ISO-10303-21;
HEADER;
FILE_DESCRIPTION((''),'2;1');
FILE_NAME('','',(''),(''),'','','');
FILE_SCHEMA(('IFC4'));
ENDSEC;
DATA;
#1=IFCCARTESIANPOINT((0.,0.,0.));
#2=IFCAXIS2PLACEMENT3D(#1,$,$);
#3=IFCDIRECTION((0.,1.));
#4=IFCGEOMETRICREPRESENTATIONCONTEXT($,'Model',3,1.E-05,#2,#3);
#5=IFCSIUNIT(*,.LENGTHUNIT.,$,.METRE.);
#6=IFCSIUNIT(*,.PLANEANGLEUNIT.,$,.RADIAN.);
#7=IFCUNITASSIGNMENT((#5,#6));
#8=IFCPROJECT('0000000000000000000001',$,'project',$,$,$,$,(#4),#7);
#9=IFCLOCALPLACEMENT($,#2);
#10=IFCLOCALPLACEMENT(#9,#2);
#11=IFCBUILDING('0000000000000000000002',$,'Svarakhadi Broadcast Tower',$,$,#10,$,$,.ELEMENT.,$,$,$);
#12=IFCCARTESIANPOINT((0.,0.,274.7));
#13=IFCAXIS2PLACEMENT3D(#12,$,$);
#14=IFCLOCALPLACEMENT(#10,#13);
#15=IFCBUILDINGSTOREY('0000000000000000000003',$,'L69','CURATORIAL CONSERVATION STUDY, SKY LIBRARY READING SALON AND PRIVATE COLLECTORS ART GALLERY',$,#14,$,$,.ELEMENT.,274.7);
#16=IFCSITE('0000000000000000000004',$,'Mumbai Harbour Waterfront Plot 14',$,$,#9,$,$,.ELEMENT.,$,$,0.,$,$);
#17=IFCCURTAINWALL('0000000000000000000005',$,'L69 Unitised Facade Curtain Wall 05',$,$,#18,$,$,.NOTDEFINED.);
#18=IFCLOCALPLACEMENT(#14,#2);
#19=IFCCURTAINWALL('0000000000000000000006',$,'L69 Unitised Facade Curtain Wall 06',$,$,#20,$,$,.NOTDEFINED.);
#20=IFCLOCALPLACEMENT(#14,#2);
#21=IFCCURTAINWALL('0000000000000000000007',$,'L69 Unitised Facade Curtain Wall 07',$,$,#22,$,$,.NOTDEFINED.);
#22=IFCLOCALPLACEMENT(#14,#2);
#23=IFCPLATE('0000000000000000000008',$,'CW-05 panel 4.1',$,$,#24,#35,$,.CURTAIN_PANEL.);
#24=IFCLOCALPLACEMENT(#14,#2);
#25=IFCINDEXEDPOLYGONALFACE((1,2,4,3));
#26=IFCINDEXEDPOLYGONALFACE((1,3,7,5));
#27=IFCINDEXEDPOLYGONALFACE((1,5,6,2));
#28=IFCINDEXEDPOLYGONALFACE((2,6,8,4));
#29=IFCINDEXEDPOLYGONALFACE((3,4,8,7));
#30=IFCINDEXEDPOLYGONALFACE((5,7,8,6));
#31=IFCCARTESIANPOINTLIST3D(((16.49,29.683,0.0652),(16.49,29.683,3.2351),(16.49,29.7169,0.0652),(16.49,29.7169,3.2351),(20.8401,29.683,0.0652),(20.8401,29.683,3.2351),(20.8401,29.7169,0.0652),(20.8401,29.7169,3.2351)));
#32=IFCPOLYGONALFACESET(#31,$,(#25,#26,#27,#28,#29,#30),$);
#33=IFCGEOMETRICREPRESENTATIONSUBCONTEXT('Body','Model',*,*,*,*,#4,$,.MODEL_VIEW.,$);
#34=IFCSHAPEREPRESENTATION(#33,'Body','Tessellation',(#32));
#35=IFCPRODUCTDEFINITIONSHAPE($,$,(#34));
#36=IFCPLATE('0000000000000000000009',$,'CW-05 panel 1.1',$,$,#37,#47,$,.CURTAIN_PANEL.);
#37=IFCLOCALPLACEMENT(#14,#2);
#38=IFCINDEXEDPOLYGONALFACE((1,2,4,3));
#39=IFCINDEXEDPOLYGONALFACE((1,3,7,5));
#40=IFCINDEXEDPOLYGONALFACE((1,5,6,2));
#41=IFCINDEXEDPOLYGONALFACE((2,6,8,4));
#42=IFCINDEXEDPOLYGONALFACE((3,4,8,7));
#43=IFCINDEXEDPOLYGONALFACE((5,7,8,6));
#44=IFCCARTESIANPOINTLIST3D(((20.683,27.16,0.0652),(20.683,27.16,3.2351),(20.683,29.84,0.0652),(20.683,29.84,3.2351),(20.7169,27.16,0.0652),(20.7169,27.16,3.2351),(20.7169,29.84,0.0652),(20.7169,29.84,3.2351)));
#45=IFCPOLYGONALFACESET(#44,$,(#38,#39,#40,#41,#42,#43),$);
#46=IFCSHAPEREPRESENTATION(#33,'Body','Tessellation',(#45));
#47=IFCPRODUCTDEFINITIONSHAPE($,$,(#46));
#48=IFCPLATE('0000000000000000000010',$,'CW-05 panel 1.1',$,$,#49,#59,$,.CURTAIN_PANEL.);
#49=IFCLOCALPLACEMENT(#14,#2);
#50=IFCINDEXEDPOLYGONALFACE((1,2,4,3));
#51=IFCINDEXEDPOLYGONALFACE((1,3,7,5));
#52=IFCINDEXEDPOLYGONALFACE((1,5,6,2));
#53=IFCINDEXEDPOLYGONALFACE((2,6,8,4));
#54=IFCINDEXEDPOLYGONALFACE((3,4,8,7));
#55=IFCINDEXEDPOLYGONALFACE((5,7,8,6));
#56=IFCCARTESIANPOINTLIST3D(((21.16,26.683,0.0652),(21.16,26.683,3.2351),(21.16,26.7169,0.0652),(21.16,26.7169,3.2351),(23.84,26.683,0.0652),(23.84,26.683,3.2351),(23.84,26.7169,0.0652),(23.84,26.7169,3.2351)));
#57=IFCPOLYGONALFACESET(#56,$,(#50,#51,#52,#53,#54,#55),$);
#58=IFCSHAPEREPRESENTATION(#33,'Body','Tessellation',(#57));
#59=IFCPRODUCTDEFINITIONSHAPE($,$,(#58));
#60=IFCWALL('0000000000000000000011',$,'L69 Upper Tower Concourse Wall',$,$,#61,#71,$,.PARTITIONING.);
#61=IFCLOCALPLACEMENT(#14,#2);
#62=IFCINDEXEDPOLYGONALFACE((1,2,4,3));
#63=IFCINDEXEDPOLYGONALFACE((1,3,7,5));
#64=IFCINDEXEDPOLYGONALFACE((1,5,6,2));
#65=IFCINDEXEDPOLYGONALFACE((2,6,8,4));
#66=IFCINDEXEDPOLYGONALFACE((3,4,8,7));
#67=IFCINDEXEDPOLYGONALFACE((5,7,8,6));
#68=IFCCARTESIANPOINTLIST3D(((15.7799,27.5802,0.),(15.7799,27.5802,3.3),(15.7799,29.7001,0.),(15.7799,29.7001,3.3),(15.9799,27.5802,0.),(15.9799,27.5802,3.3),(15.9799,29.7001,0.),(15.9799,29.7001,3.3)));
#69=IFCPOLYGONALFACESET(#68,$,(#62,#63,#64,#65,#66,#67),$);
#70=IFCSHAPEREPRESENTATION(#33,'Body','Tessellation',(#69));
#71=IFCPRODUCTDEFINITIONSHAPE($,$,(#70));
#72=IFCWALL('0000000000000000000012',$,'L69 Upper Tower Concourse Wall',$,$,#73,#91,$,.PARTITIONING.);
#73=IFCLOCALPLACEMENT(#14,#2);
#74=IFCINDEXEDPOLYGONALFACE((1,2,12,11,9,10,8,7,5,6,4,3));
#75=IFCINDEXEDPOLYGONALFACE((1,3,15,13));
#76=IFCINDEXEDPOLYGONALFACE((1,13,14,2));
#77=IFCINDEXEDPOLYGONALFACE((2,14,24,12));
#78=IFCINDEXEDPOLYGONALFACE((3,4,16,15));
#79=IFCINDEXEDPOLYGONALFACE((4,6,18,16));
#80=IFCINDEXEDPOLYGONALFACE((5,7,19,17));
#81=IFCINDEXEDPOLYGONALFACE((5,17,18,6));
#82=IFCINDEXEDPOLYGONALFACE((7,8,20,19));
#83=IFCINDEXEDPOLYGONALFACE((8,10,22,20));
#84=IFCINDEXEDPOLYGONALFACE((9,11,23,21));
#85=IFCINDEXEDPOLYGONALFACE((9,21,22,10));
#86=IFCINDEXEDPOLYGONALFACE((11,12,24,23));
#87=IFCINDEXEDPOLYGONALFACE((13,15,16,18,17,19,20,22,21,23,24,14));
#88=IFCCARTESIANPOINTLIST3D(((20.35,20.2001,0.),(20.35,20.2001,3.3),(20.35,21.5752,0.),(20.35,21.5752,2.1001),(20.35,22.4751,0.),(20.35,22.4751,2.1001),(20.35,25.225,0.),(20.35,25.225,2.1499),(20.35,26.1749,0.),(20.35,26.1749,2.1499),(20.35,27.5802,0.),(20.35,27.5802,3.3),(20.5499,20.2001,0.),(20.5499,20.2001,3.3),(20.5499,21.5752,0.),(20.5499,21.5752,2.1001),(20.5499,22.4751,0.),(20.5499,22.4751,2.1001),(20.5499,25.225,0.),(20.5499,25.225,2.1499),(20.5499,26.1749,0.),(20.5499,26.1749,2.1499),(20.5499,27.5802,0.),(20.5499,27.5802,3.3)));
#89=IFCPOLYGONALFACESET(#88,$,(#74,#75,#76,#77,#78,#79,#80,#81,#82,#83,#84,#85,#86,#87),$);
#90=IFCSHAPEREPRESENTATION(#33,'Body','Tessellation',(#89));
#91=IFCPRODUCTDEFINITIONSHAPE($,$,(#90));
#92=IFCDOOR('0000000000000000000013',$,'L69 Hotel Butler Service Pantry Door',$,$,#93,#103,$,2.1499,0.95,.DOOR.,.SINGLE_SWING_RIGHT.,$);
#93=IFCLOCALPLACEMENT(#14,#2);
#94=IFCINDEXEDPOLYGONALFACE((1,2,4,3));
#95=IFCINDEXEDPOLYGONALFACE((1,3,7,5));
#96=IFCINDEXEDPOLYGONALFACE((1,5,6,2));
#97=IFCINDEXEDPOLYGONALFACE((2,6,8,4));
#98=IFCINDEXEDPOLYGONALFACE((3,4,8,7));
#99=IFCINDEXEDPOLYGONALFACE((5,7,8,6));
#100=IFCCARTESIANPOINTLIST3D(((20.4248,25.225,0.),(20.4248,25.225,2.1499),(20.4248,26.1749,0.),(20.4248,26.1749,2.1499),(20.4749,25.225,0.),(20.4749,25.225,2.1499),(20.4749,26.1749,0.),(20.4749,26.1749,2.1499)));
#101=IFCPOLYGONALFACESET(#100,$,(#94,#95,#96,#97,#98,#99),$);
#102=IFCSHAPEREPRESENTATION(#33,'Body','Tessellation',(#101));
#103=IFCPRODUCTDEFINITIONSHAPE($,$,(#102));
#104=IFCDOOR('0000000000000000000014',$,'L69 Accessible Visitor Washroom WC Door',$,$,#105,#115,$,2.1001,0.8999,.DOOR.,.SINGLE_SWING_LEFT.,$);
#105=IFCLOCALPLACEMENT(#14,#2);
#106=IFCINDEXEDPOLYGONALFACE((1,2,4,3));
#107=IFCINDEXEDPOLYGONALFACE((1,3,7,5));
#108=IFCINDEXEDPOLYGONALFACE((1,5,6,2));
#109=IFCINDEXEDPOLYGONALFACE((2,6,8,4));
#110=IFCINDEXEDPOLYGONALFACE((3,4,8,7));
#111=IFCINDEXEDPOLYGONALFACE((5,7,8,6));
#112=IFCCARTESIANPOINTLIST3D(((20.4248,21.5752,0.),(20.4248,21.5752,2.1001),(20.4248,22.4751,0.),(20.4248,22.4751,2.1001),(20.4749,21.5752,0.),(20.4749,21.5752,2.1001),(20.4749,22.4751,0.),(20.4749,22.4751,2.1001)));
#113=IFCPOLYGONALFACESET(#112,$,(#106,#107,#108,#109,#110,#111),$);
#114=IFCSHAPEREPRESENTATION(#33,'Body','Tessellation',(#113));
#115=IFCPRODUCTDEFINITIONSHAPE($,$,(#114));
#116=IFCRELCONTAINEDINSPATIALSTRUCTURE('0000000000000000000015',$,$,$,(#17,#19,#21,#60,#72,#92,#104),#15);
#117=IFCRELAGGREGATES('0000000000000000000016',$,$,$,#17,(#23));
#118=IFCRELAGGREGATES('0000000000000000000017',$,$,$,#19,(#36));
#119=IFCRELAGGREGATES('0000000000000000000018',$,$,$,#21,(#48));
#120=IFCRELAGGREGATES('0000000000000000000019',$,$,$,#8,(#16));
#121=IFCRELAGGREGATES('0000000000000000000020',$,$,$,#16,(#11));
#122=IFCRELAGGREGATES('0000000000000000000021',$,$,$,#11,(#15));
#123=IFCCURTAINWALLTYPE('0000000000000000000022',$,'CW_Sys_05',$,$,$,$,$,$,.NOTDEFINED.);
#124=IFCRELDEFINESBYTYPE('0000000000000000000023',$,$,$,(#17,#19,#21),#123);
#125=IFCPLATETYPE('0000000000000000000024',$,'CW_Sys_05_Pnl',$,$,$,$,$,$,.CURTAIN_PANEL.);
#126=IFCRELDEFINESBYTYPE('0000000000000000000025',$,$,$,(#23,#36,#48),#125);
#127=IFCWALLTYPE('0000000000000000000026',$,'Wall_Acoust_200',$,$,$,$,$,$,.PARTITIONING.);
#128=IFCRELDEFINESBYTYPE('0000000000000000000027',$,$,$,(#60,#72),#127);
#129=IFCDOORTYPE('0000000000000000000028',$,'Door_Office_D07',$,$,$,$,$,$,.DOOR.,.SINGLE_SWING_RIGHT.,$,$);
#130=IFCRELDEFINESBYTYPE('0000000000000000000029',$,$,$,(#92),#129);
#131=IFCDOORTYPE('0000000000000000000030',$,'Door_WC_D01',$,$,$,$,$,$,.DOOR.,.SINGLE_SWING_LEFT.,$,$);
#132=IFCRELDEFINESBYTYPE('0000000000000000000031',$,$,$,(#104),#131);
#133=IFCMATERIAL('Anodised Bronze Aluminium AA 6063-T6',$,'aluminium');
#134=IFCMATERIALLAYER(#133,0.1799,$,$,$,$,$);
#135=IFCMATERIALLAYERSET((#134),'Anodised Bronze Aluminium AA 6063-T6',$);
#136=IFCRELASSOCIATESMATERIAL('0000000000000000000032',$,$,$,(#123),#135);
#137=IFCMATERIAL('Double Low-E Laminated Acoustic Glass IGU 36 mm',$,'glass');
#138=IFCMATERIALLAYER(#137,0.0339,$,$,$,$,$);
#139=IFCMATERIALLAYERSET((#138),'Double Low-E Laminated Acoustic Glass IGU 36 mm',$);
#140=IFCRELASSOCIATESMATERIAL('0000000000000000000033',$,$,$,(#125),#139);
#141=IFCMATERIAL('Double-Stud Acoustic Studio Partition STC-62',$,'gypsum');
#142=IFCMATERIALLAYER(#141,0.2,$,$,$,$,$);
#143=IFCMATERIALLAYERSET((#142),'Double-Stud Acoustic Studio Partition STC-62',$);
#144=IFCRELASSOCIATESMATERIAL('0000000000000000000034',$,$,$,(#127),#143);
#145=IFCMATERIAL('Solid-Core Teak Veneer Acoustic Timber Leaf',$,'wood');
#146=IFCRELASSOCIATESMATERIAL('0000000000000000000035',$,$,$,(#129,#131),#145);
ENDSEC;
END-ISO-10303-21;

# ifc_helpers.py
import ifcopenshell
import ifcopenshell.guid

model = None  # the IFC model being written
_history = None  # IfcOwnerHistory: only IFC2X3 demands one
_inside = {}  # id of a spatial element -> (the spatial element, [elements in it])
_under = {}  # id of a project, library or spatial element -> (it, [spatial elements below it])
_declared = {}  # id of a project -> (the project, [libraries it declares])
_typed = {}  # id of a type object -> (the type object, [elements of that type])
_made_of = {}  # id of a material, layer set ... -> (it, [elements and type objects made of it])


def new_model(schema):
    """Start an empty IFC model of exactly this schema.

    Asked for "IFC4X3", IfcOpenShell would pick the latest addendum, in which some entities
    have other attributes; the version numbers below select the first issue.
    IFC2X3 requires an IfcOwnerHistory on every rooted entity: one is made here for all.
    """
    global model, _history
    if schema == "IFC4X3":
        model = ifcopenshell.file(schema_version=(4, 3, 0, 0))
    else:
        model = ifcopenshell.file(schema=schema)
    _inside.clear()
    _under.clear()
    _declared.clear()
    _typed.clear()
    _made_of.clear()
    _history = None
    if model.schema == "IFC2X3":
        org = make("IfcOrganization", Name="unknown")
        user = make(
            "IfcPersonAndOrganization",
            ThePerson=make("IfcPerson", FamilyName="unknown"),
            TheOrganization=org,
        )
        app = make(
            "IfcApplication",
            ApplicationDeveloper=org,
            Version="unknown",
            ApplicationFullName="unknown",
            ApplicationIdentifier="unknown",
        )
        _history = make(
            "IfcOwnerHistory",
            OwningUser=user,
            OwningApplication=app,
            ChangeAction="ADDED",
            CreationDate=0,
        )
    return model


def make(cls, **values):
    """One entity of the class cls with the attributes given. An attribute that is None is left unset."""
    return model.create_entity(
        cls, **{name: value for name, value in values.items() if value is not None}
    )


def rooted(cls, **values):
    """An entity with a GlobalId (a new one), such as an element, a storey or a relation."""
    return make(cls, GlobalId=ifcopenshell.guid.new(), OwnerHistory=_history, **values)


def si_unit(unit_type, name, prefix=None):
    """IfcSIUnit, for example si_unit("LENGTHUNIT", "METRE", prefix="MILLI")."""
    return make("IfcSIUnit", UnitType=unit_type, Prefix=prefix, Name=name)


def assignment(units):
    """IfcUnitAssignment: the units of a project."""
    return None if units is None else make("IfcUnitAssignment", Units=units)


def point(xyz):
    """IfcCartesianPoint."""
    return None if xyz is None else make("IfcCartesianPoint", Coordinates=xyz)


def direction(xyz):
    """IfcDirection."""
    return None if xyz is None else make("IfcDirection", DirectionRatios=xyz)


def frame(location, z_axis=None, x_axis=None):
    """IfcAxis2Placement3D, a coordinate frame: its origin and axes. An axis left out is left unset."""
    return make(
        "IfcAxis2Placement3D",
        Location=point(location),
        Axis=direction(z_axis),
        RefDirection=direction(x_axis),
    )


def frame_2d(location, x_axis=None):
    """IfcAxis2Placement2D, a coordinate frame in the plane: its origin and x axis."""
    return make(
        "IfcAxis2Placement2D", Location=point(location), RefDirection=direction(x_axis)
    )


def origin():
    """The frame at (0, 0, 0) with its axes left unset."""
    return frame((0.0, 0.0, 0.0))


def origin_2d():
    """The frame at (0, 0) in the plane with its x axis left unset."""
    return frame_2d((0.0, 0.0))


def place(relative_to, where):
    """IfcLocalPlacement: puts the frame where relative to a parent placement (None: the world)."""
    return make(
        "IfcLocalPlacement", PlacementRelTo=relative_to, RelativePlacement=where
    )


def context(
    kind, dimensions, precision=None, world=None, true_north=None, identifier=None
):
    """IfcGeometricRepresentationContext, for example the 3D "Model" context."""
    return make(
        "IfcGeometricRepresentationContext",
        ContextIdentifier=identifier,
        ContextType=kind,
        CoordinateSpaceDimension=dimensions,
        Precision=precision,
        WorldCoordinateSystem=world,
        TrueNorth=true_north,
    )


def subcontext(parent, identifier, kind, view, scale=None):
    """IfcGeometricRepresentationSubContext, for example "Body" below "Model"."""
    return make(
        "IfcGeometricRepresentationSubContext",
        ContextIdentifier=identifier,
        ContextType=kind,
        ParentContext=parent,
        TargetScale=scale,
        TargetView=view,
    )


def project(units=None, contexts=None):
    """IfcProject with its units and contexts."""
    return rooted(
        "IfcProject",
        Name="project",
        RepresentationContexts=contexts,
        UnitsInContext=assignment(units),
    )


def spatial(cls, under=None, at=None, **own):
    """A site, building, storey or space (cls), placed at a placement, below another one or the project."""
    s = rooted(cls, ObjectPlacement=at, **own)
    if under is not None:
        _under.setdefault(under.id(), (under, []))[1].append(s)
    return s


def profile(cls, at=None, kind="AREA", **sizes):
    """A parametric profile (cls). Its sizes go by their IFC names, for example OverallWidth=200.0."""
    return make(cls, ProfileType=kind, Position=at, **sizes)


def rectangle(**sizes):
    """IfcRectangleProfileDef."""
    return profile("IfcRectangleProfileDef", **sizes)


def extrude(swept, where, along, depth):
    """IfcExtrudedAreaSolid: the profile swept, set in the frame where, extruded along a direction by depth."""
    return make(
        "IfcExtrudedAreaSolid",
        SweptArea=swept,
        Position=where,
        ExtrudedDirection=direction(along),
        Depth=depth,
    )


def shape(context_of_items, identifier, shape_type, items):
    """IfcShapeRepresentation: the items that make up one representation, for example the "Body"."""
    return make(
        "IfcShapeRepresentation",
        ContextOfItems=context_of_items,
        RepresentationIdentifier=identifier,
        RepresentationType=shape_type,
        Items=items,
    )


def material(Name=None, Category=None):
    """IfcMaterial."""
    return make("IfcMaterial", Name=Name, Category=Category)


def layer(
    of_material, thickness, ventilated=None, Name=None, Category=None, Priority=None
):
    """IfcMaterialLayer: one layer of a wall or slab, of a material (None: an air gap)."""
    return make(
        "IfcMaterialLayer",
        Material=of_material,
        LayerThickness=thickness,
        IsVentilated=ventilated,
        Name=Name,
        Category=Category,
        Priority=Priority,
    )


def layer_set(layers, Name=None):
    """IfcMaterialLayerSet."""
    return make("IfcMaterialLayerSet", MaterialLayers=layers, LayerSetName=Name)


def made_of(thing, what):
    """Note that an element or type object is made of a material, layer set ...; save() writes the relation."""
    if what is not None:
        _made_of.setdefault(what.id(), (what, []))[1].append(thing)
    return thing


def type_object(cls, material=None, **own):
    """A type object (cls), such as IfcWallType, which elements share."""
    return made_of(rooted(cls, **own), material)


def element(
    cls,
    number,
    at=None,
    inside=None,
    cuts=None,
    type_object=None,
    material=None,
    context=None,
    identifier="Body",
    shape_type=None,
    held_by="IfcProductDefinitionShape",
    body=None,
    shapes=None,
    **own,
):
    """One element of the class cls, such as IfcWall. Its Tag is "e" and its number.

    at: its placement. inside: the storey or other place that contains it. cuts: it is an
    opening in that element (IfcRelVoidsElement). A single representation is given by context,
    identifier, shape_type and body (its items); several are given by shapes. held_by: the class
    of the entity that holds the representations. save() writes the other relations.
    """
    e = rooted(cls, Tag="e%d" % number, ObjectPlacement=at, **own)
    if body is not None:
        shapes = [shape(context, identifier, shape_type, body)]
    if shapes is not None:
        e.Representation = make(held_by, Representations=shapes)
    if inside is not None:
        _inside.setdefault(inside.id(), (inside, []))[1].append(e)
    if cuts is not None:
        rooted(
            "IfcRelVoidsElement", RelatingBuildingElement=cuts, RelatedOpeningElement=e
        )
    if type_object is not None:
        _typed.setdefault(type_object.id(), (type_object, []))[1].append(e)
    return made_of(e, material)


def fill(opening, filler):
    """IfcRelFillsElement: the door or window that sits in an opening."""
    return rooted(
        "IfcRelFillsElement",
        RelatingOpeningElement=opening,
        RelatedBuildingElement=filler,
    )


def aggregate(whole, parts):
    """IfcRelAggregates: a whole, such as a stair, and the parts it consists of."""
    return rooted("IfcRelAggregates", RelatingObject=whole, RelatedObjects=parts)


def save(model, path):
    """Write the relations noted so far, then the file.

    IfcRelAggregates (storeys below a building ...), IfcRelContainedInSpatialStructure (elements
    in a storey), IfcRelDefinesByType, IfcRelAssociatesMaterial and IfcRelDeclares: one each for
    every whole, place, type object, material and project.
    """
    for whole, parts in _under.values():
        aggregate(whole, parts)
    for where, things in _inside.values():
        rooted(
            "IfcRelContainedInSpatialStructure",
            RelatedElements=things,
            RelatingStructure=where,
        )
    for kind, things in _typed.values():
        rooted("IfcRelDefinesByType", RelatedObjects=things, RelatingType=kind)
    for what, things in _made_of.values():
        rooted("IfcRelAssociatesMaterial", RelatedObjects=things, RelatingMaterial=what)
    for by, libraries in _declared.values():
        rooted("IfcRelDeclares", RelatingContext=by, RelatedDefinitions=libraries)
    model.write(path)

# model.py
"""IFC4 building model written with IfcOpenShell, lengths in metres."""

from ifc_helpers import new_model, si_unit, direction, frame, frame_2d, origin, origin_2d, place, context, subcontext, project, spatial, rectangle, extrude, material, layer, layer_set, type_object, element, fill, aggregate, save


model = new_model("IFC4")

# Units and contexts
model_context = context("Model", 3, precision=1e-05, world=origin(), true_north=direction((0.0, 1.0)))
body_context = subcontext(model_context, "Body", "Model", "MODEL_VIEW")
ifc_project = project(units=[si_unit("LENGTHUNIT", "METRE"), si_unit("PLANEANGLEUNIT", "RADIAN")], contexts=[model_context])

# Site, building, storey
site_placement = place(None, origin())
site = spatial("IfcSite", under=ifc_project, at=site_placement, Name="Mumbai Harbour Waterfront Plot 14", CompositionType="ELEMENT", RefElevation=0.0)
building_placement = place(site_placement, origin())
building = spatial("IfcBuilding", under=site, at=building_placement, Name="Svarakhadi Broadcast Tower", CompositionType="ELEMENT")
storey_placement = place(building_placement, frame((0.0, 0.0, 274.7)))
storey = spatial("IfcBuildingStorey", under=building, at=storey_placement, Name="L69", Description="CURATORIAL CONSERVATION STUDY, SKY LIBRARY READING SALON AND PRIVATE COLLECTORS ART GALLERY", CompositionType="ELEMENT", Elevation=274.7)

# Curtain walls
ifc_material_1 = material(Name="Anodised Bronze Aluminium AA 6063-T6", Category="aluminium")
ifc_layer_1 = layer(ifc_material_1, 0.1799)
ifc_layer_set_1 = layer_set([ifc_layer_1], Name="Anodised Bronze Aluminium AA 6063-T6")
curtain_wall_type = type_object("IfcCurtainWallType", Name="CW_Sys_05", PredefinedType="NOTDEFINED", material=ifc_layer_set_1)
curtain_wall_1_placement = place(storey_placement, origin())
curtain_wall_1 = element("IfcCurtainWall", 1, at=curtain_wall_1_placement, inside=storey, type_object=curtain_wall_type, Name="L69 Unitised Facade Curtain Wall 05", PredefinedType="NOTDEFINED")
curtain_wall_2_placement = place(storey_placement, origin())
curtain_wall_2 = element("IfcCurtainWall", 2, at=curtain_wall_2_placement, inside=storey, type_object=curtain_wall_type, Name="L69 Unitised Facade Curtain Wall 06", PredefinedType="NOTDEFINED")

# Curtain wall
curtain_wall_3_placement = place(storey_placement, origin())
curtain_wall_3 = element("IfcCurtainWall", 3, at=curtain_wall_3_placement, inside=storey, type_object=curtain_wall_type, Name="L69 Unitised Facade Curtain Wall 07", PredefinedType="NOTDEFINED")

# Plates
ifc_material_2 = material(Name="Double Low-E Laminated Acoustic Glass IGU 36 mm", Category="glass")
ifc_layer_2 = layer(ifc_material_2, 0.0339)
ifc_layer_set_2 = layer_set([ifc_layer_2], Name="Double Low-E Laminated Acoustic Glass IGU 36 mm")
plate_type = type_object("IfcPlateType", Name="CW_Sys_05_Pnl", PredefinedType="CURTAIN_PANEL", material=ifc_layer_set_2)
plate_1_placement = place(storey_placement, frame((18.665, 29.7, 0.0652), z_axis=(0.0, 0.0, 1.0), x_axis=(1.0, 0.0, 0.0)))
plate_1 = element("IfcPlate", 4, at=plate_1_placement, type_object=plate_type, Name="CW-05 panel 4.1", PredefinedType="CURTAIN_PANEL", context=body_context, shape_type="SweptSolid", body=[
    extrude(rectangle(XDim=4.3501, YDim=0.0339, at=origin_2d()), origin(), (0.0, 0.0, 1.0), 3.1699),
])
aggregate(curtain_wall_1, [plate_1])
plate_2_placement = place(storey_placement, frame((20.7, 28.5, 0.0652), z_axis=(0.0, 0.0, 1.0), x_axis=(0.0, -1.0, 0.0)))
plate_2 = element("IfcPlate", 5, at=plate_2_placement, type_object=plate_type, Name="CW-05 panel 1.1", PredefinedType="CURTAIN_PANEL", context=body_context, shape_type="SweptSolid", body=[
    extrude(rectangle(XDim=2.6799, YDim=0.0339, at=origin_2d()), origin(), (0.0, 0.0, 1.0), 3.1699),
])
aggregate(curtain_wall_2, [plate_2])
plate_3_placement = place(storey_placement, frame((22.5, 26.7, 0.0652), z_axis=(0.0, 0.0, 1.0), x_axis=(1.0, 0.0, 0.0)))
plate_3 = element("IfcPlate", 6, at=plate_3_placement, type_object=plate_type, Name="CW-05 panel 1.1", PredefinedType="CURTAIN_PANEL", context=body_context, shape_type="SweptSolid", body=[
    extrude(rectangle(XDim=2.6799, YDim=0.0339, at=origin_2d()), origin(), (0.0, 0.0, 1.0), 3.1699),
])
aggregate(curtain_wall_3, [plate_3])

# Wall
ifc_material_3 = material(Name="Double-Stud Acoustic Studio Partition STC-62", Category="gypsum")
ifc_layer_3 = layer(ifc_material_3, 0.2)
ifc_layer_set_3 = layer_set([ifc_layer_3], Name="Double-Stud Acoustic Studio Partition STC-62")
wall_type = type_object("IfcWallType", Name="Wall_Acoust_200", PredefinedType="PARTITIONING", material=ifc_layer_set_3)
wall_1_placement = place(storey_placement, frame((15.8799, 27.5801, 0.0), z_axis=(0.0, 0.0, 1.0), x_axis=(0.0, 1.0, 0.0)))
element("IfcWall", 7, at=wall_1_placement, inside=storey, type_object=wall_type, Name="L69 Upper Tower Concourse Wall", PredefinedType="PARTITIONING", context=body_context, shape_type="SweptSolid", body=[
    extrude(rectangle(XDim=2.1199, YDim=0.2, at=frame_2d((1.0601, 0.0))), origin(), (0.0, 0.0, 1.0), 3.3),
])

# Wall, openings, doors
wall_2_placement = place(storey_placement, frame((20.45, 27.5801, 0.0), z_axis=(0.0, 0.0, 1.0), x_axis=(0.0, -1.0, 0.0)))
wall_2 = element("IfcWall", 8, at=wall_2_placement, inside=storey, type_object=wall_type, Name="L69 Upper Tower Concourse Wall", PredefinedType="PARTITIONING", context=body_context, shape_type="SweptSolid", body=[
    extrude(rectangle(XDim=7.3801, YDim=0.2, at=frame_2d((3.6899, 0.0))), origin(), (0.0, 0.0, 1.0), 3.3),
])
opening_1_placement = place(wall_2_placement, frame((5.105, 0.0, 0.0)))
opening_1 = element("IfcOpeningElement", 9, at=opening_1_placement, cuts=wall_2, PredefinedType="OPENING", context=body_context, shape_type="SweptSolid", body=[
    extrude(rectangle(XDim=0.8999, YDim=2.1001, at=frame_2d((0.45, 1.05))), frame((0.0, 0.1099, 0.0), z_axis=(0.0, -1.0, 0.0), x_axis=(1.0, 0.0, 0.0)), (0.0, 0.0, 1.0), 0.22),
])
opening_2_placement = place(wall_2_placement, frame((1.405, 0.0, 0.0)))
opening_2 = element("IfcOpeningElement", 10, at=opening_2_placement, cuts=wall_2, PredefinedType="OPENING", context=body_context, shape_type="SweptSolid", body=[
    extrude(rectangle(XDim=0.95, YDim=2.1499, at=frame_2d((0.4751, 1.075))), frame((0.0, 0.1099, 0.0), z_axis=(0.0, -1.0, 0.0), x_axis=(1.0, 0.0, 0.0)), (0.0, 0.0, 1.0), 0.22),
])
ifc_material_4 = material(Name="Solid-Core Teak Veneer Acoustic Timber Leaf", Category="wood")
door_type_1 = type_object("IfcDoorType", Name="Door_Office_D07", OperationType="SINGLE_SWING_RIGHT", PredefinedType="DOOR", material=ifc_material_4)
door_1_placement = place(opening_2_placement, origin())
door_1 = element("IfcDoor", 11, at=door_1_placement, inside=storey, type_object=door_type_1, Name="L69 Hotel Butler Service Pantry Door", OperationType="SINGLE_SWING_RIGHT", OverallHeight=2.1499, OverallWidth=0.95, PredefinedType="DOOR", context=body_context, shape_type="SweptSolid", body=[
    extrude(rectangle(XDim=0.95, YDim=2.1499, at=frame_2d((0.4751, 1.075))), frame((0.0, 0.0249, 0.0), z_axis=(0.0, -1.0, 0.0), x_axis=(1.0, 0.0, 0.0)), (0.0, 0.0, 1.0), 0.05),
])
fill(opening_2, door_1)
door_type_2 = type_object("IfcDoorType", Name="Door_WC_D01", OperationType="SINGLE_SWING_LEFT", PredefinedType="DOOR", material=ifc_material_4)
door_2_placement = place(opening_1_placement, origin())
door_2 = element("IfcDoor", 12, at=door_2_placement, inside=storey, type_object=door_type_2, Name="L69 Accessible Visitor Washroom WC Door", OperationType="SINGLE_SWING_LEFT", OverallHeight=2.1001, OverallWidth=0.8999, PredefinedType="DOOR", context=body_context, shape_type="SweptSolid", body=[
    extrude(rectangle(XDim=0.8999, YDim=2.1001, at=frame_2d((0.45, 1.05))), frame((0.0, 0.0249, 0.0), z_axis=(0.0, -1.0, 0.0), x_axis=(1.0, 0.0, 0.0)), (0.0, 0.0, 1.0), 0.05),
])
fill(opening_1, door_2)

save(model, "model.ifc")
